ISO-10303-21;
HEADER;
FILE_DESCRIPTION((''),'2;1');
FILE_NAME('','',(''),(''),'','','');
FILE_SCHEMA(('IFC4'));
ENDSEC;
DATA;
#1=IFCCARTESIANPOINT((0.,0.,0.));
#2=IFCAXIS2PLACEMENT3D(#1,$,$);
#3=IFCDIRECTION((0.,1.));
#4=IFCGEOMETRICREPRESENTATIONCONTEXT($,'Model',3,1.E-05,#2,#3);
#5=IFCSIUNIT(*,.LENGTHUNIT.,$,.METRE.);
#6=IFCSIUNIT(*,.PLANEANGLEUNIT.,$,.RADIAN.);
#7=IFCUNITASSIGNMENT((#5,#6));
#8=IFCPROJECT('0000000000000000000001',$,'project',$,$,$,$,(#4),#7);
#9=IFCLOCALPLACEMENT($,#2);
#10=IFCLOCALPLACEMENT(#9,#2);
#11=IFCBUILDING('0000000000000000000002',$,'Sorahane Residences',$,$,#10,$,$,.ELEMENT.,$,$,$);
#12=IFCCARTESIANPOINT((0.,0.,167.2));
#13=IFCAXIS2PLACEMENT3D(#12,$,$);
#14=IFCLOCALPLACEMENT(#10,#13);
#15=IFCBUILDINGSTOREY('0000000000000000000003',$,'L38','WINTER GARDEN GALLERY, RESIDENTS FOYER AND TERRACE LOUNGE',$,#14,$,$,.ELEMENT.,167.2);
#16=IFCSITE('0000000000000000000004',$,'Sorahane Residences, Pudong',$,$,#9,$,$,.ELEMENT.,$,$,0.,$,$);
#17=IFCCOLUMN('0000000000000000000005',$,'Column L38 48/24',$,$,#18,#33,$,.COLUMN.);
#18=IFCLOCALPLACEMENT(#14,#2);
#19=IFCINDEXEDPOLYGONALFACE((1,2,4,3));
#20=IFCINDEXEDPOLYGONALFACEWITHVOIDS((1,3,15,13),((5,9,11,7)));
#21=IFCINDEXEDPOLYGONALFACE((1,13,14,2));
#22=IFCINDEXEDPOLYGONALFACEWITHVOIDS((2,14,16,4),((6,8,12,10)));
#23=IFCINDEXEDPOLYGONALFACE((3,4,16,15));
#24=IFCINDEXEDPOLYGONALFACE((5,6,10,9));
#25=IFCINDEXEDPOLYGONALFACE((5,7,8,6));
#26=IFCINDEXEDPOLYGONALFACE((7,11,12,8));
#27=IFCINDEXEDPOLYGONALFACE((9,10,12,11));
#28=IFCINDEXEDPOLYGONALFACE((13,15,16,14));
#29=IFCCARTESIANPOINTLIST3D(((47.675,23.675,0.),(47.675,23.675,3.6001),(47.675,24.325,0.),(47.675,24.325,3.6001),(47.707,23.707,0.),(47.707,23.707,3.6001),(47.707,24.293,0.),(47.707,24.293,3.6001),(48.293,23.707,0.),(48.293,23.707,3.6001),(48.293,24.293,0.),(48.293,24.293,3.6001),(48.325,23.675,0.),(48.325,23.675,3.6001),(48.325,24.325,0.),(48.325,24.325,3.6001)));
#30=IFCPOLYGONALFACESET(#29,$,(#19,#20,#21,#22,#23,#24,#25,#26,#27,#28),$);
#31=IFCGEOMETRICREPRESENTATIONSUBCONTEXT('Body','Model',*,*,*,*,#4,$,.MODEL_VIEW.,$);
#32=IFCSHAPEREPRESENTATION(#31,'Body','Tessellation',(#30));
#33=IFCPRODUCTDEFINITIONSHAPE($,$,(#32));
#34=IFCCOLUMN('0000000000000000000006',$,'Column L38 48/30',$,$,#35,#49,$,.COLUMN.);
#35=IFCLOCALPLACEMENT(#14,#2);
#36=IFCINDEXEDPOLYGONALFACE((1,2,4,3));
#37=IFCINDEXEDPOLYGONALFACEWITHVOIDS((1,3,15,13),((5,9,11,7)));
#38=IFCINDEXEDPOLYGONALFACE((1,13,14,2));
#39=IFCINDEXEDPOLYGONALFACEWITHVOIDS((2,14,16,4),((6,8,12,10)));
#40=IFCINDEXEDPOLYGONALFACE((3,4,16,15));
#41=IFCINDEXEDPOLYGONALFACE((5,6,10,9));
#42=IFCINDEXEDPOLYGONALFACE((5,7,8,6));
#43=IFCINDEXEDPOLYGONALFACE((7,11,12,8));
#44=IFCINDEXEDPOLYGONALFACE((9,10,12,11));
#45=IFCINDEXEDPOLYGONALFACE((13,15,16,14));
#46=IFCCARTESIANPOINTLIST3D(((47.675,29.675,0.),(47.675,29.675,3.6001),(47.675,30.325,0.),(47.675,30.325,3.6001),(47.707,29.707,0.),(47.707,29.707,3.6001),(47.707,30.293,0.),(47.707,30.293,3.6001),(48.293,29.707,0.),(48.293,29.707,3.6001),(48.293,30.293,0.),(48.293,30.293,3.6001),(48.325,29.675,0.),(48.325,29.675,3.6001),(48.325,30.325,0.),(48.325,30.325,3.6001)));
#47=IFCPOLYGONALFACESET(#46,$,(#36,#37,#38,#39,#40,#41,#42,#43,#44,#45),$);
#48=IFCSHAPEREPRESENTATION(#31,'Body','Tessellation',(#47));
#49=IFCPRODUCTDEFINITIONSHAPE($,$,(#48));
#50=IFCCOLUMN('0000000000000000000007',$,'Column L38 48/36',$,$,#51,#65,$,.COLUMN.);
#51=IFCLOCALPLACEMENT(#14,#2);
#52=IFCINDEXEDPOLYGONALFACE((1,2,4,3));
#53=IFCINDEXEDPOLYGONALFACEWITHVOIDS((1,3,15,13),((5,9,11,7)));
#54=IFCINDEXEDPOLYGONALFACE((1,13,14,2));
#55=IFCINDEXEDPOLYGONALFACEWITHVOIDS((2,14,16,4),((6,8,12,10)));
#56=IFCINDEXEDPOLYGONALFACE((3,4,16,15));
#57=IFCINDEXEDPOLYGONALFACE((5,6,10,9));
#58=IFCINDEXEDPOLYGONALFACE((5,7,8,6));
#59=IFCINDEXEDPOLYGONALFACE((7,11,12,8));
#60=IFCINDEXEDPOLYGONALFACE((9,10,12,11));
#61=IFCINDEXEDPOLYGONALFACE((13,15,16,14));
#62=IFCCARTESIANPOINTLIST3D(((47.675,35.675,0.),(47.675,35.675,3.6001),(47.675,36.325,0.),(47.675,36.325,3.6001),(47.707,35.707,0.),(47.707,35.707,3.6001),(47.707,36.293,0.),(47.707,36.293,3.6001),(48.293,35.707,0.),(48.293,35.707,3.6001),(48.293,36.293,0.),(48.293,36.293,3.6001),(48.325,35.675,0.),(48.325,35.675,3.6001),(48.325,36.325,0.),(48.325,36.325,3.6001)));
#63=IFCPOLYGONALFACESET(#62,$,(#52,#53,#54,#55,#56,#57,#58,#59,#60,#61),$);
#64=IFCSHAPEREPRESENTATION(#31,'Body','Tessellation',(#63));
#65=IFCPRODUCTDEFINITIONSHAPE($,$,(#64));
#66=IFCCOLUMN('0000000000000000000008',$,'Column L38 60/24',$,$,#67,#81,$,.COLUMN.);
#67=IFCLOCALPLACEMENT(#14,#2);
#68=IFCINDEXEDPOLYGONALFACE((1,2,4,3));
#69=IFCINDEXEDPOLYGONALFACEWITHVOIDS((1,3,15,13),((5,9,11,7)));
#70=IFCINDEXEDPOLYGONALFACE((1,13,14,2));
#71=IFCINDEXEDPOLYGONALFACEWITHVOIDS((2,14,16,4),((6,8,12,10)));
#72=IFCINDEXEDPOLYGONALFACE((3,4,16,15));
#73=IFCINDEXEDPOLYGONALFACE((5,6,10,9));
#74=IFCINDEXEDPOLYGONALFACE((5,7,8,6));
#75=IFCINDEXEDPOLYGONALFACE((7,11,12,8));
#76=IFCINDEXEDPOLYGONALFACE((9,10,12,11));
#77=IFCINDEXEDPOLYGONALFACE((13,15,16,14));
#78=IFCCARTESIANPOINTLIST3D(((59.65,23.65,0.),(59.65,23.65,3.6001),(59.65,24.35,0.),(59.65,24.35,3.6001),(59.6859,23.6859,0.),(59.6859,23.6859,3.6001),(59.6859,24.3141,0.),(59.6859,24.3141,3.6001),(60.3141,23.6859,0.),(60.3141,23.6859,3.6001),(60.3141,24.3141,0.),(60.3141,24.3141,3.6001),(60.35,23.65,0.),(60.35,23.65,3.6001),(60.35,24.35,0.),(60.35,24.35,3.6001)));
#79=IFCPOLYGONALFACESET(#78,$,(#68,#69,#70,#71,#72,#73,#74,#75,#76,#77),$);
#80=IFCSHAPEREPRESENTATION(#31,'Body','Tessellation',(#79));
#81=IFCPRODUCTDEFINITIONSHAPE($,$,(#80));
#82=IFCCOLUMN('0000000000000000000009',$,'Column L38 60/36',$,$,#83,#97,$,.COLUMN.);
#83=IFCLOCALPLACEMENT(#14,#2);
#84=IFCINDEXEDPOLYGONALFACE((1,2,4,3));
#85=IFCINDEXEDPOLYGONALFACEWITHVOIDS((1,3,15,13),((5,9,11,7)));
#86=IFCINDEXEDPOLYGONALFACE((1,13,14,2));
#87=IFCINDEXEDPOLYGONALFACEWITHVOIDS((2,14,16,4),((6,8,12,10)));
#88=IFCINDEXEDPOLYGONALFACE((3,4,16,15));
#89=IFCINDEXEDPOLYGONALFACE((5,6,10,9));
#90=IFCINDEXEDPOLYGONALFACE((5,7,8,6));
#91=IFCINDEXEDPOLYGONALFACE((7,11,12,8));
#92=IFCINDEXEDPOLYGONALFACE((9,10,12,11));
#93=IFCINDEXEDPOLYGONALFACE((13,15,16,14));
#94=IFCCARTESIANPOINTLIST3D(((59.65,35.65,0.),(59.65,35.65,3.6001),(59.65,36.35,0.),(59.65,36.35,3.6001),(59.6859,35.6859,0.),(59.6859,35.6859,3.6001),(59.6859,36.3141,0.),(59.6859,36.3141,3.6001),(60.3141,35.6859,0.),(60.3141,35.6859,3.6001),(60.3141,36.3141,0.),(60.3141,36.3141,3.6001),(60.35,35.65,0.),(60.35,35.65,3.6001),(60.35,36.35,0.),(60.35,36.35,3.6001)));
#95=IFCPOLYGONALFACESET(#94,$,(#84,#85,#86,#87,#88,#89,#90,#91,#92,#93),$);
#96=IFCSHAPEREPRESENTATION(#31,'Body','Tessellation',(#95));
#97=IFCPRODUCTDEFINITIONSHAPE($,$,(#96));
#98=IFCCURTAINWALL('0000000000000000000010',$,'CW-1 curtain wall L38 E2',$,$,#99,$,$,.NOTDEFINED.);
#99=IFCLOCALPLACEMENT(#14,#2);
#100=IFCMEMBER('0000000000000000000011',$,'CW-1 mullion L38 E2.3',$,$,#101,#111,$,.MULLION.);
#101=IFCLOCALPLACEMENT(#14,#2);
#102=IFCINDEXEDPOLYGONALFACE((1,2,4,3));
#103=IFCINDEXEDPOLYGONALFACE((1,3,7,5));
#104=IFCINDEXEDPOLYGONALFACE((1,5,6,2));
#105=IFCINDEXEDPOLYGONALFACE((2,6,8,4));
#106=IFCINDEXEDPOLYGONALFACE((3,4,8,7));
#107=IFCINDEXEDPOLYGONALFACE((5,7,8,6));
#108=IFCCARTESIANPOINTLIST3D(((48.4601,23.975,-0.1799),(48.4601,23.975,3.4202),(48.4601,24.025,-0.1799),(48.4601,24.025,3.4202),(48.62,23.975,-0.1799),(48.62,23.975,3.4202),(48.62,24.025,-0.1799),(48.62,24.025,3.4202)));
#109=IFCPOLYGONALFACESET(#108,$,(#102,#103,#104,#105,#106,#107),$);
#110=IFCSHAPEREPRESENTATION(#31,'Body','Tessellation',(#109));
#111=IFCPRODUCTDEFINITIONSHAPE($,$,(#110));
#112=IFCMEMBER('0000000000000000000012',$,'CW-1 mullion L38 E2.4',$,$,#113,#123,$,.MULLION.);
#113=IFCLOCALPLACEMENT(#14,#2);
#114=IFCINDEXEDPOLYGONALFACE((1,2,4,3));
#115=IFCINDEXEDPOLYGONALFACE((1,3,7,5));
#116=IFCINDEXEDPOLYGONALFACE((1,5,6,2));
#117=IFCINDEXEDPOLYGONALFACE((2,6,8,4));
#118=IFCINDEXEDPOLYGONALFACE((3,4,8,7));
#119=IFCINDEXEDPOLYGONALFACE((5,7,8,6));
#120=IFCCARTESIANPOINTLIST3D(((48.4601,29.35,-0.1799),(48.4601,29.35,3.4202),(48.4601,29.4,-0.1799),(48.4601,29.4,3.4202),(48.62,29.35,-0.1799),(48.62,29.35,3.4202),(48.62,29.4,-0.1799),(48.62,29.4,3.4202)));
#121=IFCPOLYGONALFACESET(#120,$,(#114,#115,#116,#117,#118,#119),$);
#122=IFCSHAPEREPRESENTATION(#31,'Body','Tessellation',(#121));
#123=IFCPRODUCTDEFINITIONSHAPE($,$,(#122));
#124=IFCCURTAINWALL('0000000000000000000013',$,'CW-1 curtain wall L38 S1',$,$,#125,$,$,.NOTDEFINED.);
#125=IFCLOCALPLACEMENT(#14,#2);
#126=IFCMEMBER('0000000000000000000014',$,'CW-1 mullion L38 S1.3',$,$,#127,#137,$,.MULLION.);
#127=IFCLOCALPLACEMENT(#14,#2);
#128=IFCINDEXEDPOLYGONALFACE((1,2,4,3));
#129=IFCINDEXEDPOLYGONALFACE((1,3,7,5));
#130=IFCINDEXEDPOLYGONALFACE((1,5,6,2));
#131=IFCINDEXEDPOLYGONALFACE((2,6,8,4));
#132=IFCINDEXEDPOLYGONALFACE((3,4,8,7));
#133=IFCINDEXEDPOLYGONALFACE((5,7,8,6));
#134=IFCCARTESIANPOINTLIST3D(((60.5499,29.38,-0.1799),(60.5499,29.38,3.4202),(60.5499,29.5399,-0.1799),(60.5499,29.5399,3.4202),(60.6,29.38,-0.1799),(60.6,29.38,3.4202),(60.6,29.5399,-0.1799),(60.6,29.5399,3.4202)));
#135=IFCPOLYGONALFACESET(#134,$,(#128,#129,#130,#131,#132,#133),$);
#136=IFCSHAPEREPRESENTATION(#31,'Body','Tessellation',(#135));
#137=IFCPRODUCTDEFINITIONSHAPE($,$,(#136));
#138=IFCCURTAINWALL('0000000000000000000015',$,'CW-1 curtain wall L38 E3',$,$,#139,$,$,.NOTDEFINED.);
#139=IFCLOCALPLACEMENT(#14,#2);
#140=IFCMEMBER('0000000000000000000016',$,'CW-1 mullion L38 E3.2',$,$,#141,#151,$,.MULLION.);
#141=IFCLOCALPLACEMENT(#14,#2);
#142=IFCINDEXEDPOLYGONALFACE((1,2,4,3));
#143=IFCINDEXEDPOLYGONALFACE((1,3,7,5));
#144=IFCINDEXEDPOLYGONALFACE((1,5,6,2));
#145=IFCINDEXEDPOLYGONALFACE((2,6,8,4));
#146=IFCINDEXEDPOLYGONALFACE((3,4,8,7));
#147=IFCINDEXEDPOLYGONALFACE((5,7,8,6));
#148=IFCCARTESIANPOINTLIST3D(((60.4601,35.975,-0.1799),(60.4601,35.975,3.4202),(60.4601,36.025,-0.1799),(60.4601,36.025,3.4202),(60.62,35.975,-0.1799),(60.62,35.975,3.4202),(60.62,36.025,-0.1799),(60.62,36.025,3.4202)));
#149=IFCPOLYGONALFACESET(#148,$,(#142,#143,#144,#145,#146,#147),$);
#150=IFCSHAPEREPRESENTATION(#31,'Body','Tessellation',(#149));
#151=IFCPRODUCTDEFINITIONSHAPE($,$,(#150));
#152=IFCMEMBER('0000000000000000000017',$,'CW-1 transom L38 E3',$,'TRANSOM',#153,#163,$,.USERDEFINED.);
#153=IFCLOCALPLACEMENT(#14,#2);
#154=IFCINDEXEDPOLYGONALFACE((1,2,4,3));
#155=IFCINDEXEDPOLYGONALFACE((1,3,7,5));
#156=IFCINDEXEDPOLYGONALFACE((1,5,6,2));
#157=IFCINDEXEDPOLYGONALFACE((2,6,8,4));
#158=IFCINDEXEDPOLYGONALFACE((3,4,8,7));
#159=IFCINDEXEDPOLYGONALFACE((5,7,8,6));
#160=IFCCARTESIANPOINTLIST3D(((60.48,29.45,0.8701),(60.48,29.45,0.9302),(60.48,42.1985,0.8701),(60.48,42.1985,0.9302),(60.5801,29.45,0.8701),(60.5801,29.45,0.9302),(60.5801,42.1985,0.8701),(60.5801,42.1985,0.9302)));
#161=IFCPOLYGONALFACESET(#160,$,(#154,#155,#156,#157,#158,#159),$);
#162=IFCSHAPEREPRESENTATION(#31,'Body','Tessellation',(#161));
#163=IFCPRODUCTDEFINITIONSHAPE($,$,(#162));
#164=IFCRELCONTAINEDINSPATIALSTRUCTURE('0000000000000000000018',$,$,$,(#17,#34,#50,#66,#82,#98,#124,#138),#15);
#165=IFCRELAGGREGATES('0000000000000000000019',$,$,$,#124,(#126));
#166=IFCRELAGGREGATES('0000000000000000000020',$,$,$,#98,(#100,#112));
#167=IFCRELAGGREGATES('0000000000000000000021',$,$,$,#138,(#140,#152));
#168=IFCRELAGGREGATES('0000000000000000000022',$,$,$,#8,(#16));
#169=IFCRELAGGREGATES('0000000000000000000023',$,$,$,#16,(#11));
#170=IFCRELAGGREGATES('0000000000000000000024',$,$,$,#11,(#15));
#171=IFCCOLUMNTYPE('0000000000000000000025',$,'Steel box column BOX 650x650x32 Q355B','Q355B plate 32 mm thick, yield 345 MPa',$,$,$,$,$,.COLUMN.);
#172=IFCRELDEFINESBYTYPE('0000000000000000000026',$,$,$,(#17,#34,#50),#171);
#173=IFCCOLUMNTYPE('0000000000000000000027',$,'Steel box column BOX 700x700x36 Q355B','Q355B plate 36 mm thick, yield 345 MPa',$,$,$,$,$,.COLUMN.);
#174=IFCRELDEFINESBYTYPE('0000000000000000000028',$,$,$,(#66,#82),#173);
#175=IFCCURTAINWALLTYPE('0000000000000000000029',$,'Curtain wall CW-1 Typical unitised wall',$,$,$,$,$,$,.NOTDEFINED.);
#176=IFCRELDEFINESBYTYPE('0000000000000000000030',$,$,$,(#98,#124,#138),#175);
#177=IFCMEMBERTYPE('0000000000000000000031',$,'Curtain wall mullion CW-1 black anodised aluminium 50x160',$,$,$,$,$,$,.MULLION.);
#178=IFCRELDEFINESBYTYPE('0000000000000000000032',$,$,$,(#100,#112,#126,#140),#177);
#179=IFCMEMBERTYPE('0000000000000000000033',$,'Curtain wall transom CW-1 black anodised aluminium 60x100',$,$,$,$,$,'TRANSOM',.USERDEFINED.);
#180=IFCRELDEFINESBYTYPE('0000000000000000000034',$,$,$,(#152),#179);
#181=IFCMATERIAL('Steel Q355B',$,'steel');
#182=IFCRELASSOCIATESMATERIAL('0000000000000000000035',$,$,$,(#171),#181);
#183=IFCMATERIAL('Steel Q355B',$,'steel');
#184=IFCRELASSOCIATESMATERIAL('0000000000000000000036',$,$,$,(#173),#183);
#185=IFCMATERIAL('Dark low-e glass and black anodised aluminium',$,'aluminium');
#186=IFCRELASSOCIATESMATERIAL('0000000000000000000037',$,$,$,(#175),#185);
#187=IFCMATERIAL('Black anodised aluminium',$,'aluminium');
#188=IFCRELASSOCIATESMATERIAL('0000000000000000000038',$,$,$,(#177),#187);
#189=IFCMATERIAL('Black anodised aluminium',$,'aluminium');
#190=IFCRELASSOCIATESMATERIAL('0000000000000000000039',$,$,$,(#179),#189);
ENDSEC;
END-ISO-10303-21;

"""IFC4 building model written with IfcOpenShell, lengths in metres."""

from ifc_helpers import new_model, si_unit, direction, frame, origin, origin_2d, place, context, subcontext, project, spatial, rectangle, hollow_rectangle, extrude, material, material_profile, profile_set, type_object, element, aggregate, save


model = new_model("IFC4")

# Units and contexts
model_context = context("Model", 3, precision=1e-05, world=origin(), true_north=direction((0.0, 1.0)))
body_context = subcontext(model_context, "Body", "Model", "MODEL_VIEW")
ifc_project = project(units=[si_unit("LENGTHUNIT", "METRE"), si_unit("PLANEANGLEUNIT", "RADIAN")], contexts=[model_context])

# Site, building, storey
site_placement = place(None, origin())
site = spatial("IfcSite", under=ifc_project, at=site_placement, Name="Sorahane Residences, Pudong", CompositionType="ELEMENT", RefElevation=0.0)
building_placement = place(site_placement, origin())
building = spatial("IfcBuilding", under=site, at=building_placement, Name="Sorahane Residences", CompositionType="ELEMENT")
storey_placement = place(building_placement, frame((0.0, 0.0, 167.2)))
storey = spatial("IfcBuildingStorey", under=building, at=storey_placement, Name="L38", Description="WINTER GARDEN GALLERY, RESIDENTS FOYER AND TERRACE LOUNGE", CompositionType="ELEMENT", Elevation=167.2)

# Columns
ifc_material_1 = material(Name="Steel Q355B", Category="steel")
ifc_material_profile_1 = material_profile(ifc_material_1, hollow_rectangle(XDim=0.6499, YDim=0.6499, WallThickness=0.032, at=origin_2d()), Name="BOX 650x650x32")
ifc_profile_set_1 = profile_set([ifc_material_profile_1], Name="Steel Q355B")
column_type_1 = type_object("IfcColumnType", Name="Steel box column BOX 650x650x32 Q355B", Description="Q355B plate 32 mm thick, yield 345 MPa", PredefinedType="COLUMN", material=ifc_profile_set_1)
for number, where, z_axis, x_axis, name in (
    (1, (48.0, 24.0, 0.0), (0.0, 0.0, 1.0), (1.0, 0.0, 0.0), "Column L38 48/24"),
    (2, (48.0, 30.0, 0.0), (0.0, 0.0, 1.0), (1.0, 0.0, 0.0), "Column L38 48/30"),
    (3, (48.0, 36.0, 0.0), (0.0, 0.0, 1.0), (1.0, 0.0, 0.0), "Column L38 48/36"),
):
    element("IfcColumn", number, at=place(storey_placement, frame(where, z_axis=z_axis, x_axis=x_axis)), inside=storey, type_object=column_type_1, Name=name, PredefinedType="COLUMN", context=body_context, shape_type="SweptSolid", body=[
        extrude(hollow_rectangle(XDim=0.6499, YDim=0.6499, WallThickness=0.032, at=origin_2d()), origin(), (0.0, 0.0, 1.0), 3.6001),
    ])
ifc_material_2 = material(Name="Steel Q355B", Category="steel")
ifc_material_profile_2 = material_profile(ifc_material_2, hollow_rectangle(XDim=0.7, YDim=0.7, WallThickness=0.0359, at=origin_2d()), Name="BOX 700x700x36")
ifc_profile_set_2 = profile_set([ifc_material_profile_2], Name="Steel Q355B")
column_type_2 = type_object("IfcColumnType", Name="Steel box column BOX 700x700x36 Q355B", Description="Q355B plate 36 mm thick, yield 345 MPa", PredefinedType="COLUMN", material=ifc_profile_set_2)
for number, where, z_axis, x_axis, name in (
    (4, (60.0, 24.0, 0.0), (0.0, 0.0, 1.0), (1.0, 0.0, 0.0), "Column L38 60/24"),
    (5, (60.0, 36.0, 0.0), (0.0, 0.0, 1.0), (1.0, 0.0, 0.0), "Column L38 60/36"),
):
    element("IfcColumn", number, at=place(storey_placement, frame(where, z_axis=z_axis, x_axis=x_axis)), inside=storey, type_object=column_type_2, Name=name, PredefinedType="COLUMN", context=body_context, shape_type="SweptSolid", body=[
        extrude(hollow_rectangle(XDim=0.7, YDim=0.7, WallThickness=0.0359, at=origin_2d()), origin(), (0.0, 0.0, 1.0), 3.6001),
    ])

# Curtain wall, members
ifc_material_3 = material(Name="Dark low-e glass and black anodised aluminium", Category="aluminium")
curtain_wall_type = type_object("IfcCurtainWallType", Name="Curtain wall CW-1 Typical unitised wall", PredefinedType="NOTDEFINED", material=ifc_material_3)
curtain_wall_1_placement = place(storey_placement, origin())
curtain_wall_1 = element("IfcCurtainWall", 6, at=curtain_wall_1_placement, inside=storey, type_object=curtain_wall_type, Name="CW-1 curtain wall L38 E2", PredefinedType="NOTDEFINED")
ifc_material_4 = material(Name="Black anodised aluminium", Category="aluminium")
ifc_material_profile_3 = material_profile(ifc_material_4, rectangle(XDim=0.1599, YDim=0.05, at=origin_2d()), Name="Curtain wall mullion CW-1 black anodised aluminium 50x160")
ifc_profile_set_3 = profile_set([ifc_material_profile_3], Name="Black anodised aluminium")
member_type_1 = type_object("IfcMemberType", Name="Curtain wall mullion CW-1 black anodised aluminium 50x160", PredefinedType="MULLION", material=ifc_profile_set_3)
member_1_placement = place(storey_placement, frame((48.54, 24.0, -0.1799), z_axis=(0.0, 0.0, 1.0), x_axis=(1.0, 0.0, 0.0)))
member_1 = element("IfcMember", 7, at=member_1_placement, type_object=member_type_1, Name="CW-1 mullion L38 E2.3", PredefinedType="MULLION", context=body_context, shape_type="SweptSolid", body=[
    extrude(rectangle(XDim=0.1599, YDim=0.05, at=origin_2d()), origin(), (0.0, 0.0, 1.0), 3.6001),
])
member_2_placement = place(storey_placement, frame((48.54, 29.375, -0.1799), z_axis=(0.0, 0.0, 1.0), x_axis=(1.0, 0.0, 0.0)))
member_2 = element("IfcMember", 8, at=member_2_placement, type_object=member_type_1, Name="CW-1 mullion L38 E2.4", PredefinedType="MULLION", context=body_context, shape_type="SweptSolid", body=[
    extrude(rectangle(XDim=0.1599, YDim=0.05, at=origin_2d()), origin(), (0.0, 0.0, 1.0), 3.6001),
])

# Curtain wall, member
curtain_wall_2_placement = place(storey_placement, origin())
curtain_wall_2 = element("IfcCurtainWall", 9, at=curtain_wall_2_placement, inside=storey, type_object=curtain_wall_type, Name="CW-1 curtain wall L38 S1", PredefinedType="NOTDEFINED")
member_3_placement = place(storey_placement, frame((60.575, 29.46, -0.1799), z_axis=(0.0, 0.0, 1.0), x_axis=(0.0, -1.0, 0.0)))
member_3 = element("IfcMember", 10, at=member_3_placement, type_object=member_type_1, Name="CW-1 mullion L38 S1.3", PredefinedType="MULLION", context=body_context, shape_type="SweptSolid", body=[
    extrude(rectangle(XDim=0.1599, YDim=0.05, at=origin_2d()), origin(), (0.0, 0.0, 1.0), 3.6001),
])
aggregate(curtain_wall_2, [member_3])

# Curtain wall, members
curtain_wall_3_placement = place(storey_placement, origin())
curtain_wall_3 = element("IfcCurtainWall", 11, at=curtain_wall_3_placement, inside=storey, type_object=curtain_wall_type, Name="CW-1 curtain wall L38 E3", PredefinedType="NOTDEFINED")
member_4_placement = place(storey_placement, frame((60.54, 36.0, -0.1799), z_axis=(0.0, 0.0, 1.0), x_axis=(1.0, 0.0, 0.0)))
member_4 = element("IfcMember", 12, at=member_4_placement, type_object=member_type_1, Name="CW-1 mullion L38 E3.2", PredefinedType="MULLION", context=body_context, shape_type="SweptSolid", body=[
    extrude(rectangle(XDim=0.1599, YDim=0.05, at=origin_2d()), origin(), (0.0, 0.0, 1.0), 3.6001),
])
ifc_material_5 = material(Name="Black anodised aluminium", Category="aluminium")
ifc_material_profile_4 = material_profile(ifc_material_5, rectangle(XDim=0.1001, YDim=0.0601, at=origin_2d()), Name="Curtain wall transom CW-1 black anodised aluminium 60x100")
ifc_profile_set_4 = profile_set([ifc_material_profile_4], Name="Black anodised aluminium")
member_type_2 = type_object("IfcMemberType", Name="Curtain wall transom CW-1 black anodised aluminium 60x100", ElementType="TRANSOM", PredefinedType="USERDEFINED", material=ifc_profile_set_4)
member_5_placement = place(storey_placement, frame((60.53, 29.45, 0.9001), z_axis=(0.0, 1.0, 0.0), x_axis=(-1.0, 0.0, 0.0)))
member_5 = element("IfcMember", 13, at=member_5_placement, type_object=member_type_2, Name="CW-1 transom L38 E3", ObjectType="TRANSOM", PredefinedType="USERDEFINED", context=body_context, shape_type="SweptSolid", body=[
    extrude(rectangle(XDim=0.1001, YDim=0.0601, at=origin_2d()), origin(), (0.0, 0.0, 1.0), 12.7485),
])

aggregate(curtain_wall_1, [member_1, member_2])
aggregate(curtain_wall_3, [member_4, member_5])

save(model, "model.ifc")
